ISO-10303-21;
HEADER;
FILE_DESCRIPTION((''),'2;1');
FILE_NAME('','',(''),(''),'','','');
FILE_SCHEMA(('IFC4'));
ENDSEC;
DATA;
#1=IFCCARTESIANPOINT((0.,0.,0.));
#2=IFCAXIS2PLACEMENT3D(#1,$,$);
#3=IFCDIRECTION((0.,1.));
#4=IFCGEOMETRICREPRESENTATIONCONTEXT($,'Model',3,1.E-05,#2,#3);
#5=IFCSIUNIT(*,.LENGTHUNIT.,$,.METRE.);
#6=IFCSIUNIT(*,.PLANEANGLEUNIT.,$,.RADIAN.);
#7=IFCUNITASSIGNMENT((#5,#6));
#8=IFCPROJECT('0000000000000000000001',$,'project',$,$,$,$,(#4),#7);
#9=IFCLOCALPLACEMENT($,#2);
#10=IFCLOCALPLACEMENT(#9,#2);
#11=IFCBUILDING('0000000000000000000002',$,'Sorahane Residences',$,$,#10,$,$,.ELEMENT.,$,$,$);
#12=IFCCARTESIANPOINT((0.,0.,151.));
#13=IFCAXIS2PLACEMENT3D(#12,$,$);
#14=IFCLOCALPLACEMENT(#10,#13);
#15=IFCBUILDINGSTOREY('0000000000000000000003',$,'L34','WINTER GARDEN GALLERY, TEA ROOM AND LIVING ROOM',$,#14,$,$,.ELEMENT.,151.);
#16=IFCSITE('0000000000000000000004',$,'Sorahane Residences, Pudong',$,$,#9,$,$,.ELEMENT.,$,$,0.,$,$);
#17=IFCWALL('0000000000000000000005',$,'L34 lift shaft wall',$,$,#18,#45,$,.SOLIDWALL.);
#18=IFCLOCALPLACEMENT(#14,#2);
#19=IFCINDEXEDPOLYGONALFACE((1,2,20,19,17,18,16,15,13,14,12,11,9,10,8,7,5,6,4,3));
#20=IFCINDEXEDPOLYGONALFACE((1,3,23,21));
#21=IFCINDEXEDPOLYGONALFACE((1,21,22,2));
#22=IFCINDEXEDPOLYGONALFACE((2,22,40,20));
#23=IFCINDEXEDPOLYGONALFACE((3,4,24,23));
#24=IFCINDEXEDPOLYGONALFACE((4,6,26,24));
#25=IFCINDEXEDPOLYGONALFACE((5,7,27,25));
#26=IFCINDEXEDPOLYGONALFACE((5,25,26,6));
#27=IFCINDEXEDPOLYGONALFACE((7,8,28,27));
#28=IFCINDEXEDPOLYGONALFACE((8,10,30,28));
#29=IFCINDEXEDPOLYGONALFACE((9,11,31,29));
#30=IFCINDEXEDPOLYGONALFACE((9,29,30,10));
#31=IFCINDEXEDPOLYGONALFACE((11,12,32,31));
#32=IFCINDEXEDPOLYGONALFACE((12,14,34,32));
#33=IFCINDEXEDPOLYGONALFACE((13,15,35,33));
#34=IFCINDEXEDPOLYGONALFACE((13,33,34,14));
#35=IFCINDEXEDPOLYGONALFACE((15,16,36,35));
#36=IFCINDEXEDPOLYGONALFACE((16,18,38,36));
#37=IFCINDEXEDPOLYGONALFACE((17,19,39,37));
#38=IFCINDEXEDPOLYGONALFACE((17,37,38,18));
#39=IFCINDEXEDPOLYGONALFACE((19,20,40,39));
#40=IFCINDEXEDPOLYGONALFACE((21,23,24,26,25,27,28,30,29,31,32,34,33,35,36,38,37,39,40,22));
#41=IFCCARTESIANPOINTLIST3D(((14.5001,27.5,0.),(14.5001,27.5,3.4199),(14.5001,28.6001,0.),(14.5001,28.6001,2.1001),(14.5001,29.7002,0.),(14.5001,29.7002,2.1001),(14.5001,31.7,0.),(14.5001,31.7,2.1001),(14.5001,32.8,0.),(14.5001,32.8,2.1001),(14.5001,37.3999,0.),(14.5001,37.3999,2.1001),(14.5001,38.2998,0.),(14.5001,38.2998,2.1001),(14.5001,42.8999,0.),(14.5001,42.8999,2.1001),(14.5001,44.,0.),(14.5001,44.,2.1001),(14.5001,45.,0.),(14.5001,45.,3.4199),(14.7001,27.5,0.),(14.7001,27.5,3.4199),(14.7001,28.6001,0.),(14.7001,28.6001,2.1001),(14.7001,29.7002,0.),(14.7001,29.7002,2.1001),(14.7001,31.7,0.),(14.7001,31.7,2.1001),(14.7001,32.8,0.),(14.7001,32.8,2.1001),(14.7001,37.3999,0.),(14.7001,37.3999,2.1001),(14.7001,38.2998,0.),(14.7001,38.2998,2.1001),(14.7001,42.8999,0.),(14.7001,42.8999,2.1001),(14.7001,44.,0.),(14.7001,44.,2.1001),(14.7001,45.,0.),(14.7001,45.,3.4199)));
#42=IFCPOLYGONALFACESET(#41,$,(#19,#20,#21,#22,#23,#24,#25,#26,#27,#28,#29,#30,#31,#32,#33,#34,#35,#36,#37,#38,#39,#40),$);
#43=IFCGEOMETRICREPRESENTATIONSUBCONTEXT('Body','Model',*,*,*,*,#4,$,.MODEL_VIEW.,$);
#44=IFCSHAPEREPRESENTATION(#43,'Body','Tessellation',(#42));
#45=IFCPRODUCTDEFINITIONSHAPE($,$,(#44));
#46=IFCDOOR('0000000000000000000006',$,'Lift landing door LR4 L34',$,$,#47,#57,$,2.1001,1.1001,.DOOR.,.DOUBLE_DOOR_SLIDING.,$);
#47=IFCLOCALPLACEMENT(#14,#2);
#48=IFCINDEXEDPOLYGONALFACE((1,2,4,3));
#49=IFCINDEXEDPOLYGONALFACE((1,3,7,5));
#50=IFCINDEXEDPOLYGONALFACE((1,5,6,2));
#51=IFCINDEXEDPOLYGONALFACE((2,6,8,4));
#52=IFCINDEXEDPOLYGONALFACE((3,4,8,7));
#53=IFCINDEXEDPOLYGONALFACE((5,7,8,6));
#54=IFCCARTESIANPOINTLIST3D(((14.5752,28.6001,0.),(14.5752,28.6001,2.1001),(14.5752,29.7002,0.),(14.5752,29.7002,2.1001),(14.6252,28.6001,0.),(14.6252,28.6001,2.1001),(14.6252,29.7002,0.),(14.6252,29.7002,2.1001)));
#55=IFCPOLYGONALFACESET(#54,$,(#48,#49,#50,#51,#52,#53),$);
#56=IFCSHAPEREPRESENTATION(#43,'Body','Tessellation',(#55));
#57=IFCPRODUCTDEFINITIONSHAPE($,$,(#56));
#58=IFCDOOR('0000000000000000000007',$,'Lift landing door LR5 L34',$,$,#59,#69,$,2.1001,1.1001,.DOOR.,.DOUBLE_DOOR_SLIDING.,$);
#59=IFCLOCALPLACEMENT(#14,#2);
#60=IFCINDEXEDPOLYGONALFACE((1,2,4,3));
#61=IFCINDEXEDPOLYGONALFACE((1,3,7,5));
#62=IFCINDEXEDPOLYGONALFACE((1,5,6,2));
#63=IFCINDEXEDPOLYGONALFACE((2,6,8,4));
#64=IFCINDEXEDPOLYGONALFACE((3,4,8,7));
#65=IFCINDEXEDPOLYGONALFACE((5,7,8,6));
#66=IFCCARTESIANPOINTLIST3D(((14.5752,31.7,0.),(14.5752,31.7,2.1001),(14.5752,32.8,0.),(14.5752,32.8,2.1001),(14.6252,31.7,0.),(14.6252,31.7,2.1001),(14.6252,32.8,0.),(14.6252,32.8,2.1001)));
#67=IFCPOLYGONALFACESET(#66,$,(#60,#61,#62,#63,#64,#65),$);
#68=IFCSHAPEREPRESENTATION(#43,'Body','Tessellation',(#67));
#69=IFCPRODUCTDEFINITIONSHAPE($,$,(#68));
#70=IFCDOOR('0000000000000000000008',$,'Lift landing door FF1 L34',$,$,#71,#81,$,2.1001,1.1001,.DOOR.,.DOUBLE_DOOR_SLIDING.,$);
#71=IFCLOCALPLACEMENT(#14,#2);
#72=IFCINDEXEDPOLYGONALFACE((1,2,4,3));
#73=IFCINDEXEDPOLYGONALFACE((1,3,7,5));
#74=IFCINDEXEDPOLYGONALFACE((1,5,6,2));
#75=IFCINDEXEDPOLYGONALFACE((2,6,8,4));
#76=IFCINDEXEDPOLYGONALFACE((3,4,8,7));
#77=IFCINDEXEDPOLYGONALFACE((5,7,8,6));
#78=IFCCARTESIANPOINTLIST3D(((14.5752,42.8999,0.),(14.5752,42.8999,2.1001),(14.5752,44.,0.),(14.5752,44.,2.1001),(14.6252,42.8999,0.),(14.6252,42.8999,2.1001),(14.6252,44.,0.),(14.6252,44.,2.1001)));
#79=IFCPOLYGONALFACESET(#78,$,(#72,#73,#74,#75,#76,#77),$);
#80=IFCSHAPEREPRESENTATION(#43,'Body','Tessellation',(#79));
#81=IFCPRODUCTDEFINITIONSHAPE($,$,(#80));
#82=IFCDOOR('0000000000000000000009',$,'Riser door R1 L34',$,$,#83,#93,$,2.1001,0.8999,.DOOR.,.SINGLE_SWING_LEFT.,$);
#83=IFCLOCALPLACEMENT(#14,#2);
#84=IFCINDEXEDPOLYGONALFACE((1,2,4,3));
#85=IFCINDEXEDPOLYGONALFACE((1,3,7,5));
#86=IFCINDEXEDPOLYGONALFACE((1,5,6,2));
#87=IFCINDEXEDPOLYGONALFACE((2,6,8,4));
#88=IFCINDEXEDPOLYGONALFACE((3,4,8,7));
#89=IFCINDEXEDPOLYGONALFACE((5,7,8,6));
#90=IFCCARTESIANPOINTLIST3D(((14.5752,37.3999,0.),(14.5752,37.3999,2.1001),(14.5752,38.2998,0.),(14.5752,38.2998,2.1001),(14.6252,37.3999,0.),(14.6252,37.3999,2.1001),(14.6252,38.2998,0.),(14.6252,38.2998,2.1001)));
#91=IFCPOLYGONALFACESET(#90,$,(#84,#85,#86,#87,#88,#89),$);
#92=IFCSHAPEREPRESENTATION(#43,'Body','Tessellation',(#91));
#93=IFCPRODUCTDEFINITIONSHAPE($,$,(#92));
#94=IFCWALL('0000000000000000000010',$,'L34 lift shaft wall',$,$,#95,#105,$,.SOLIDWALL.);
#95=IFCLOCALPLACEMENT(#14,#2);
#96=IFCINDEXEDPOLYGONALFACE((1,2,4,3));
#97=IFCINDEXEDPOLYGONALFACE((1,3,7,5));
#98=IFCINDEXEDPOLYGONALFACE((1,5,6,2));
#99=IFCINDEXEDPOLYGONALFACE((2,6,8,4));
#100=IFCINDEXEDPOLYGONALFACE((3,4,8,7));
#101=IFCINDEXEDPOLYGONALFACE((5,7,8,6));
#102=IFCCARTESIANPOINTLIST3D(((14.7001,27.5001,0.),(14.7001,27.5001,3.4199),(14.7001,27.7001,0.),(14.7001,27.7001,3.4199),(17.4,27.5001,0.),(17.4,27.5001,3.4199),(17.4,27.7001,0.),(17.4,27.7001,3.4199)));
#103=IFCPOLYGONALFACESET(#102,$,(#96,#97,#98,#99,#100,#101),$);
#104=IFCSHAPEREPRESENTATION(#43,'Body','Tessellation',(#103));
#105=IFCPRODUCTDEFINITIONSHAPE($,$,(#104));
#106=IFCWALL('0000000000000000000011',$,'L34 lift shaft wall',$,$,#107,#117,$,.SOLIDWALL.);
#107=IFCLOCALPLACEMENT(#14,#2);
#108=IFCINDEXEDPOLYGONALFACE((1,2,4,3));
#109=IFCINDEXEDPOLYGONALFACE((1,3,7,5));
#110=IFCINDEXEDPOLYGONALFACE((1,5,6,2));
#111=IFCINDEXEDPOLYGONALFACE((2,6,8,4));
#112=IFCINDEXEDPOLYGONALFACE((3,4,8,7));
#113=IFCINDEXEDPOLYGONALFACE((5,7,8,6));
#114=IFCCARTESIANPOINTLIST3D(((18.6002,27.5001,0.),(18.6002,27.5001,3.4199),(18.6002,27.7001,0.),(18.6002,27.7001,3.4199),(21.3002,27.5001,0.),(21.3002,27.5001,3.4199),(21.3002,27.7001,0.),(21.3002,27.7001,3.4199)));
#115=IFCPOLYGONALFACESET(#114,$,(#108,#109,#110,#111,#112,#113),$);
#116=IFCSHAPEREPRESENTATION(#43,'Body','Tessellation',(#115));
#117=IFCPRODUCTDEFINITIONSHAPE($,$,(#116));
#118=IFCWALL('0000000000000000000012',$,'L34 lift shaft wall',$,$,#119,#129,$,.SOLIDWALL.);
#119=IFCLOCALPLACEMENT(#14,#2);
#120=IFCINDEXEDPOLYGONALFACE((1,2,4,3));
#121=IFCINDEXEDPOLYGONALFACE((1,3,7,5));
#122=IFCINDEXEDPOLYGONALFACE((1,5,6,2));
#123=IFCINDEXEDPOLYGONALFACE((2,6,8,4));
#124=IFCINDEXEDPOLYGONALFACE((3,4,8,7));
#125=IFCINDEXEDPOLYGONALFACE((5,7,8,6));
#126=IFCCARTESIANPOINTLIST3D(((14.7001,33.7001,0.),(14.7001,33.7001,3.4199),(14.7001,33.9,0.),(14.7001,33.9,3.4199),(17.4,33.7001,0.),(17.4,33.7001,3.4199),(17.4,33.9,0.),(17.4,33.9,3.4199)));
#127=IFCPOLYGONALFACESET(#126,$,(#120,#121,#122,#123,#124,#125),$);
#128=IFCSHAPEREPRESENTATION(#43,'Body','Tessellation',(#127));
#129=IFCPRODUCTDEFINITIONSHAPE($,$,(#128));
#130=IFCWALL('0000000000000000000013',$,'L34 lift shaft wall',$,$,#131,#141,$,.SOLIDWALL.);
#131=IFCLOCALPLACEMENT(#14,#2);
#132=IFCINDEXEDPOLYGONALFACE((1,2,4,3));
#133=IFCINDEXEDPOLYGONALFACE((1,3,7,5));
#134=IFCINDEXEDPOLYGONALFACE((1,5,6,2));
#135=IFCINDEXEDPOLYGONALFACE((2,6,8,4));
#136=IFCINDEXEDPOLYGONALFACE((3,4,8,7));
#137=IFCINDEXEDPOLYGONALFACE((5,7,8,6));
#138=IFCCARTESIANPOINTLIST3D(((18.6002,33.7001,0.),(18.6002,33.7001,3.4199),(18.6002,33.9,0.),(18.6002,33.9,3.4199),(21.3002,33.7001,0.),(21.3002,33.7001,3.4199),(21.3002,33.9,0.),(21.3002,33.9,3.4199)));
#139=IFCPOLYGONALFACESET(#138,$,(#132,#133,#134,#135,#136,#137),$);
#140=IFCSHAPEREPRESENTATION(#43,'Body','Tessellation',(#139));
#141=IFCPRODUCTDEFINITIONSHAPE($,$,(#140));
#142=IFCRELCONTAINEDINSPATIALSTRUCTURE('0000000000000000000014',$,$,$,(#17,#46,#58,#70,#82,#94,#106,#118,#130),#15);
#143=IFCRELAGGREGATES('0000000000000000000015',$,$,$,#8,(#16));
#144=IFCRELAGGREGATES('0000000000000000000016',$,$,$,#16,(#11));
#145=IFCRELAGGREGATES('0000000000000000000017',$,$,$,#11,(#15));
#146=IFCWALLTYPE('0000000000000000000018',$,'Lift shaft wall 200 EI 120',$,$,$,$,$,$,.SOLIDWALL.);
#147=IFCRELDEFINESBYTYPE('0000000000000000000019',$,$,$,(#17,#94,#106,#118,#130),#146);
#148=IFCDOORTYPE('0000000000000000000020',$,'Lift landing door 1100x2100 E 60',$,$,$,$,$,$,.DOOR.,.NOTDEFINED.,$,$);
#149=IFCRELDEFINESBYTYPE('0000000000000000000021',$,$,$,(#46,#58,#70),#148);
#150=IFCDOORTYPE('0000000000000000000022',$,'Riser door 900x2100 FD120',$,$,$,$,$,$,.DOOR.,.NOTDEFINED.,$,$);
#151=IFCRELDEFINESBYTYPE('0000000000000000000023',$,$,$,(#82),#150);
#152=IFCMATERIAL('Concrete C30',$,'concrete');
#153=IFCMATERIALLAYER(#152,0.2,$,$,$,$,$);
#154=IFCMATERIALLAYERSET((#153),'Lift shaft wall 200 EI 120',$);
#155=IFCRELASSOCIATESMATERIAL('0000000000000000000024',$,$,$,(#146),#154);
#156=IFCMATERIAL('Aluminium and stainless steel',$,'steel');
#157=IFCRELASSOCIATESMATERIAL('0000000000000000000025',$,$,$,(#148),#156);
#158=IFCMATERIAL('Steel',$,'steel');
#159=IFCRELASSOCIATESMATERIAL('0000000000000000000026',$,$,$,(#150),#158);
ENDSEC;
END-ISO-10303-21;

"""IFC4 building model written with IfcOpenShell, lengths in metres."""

from ifc_helpers import new_model, si_unit, direction, frame, frame_2d, origin, place, context, subcontext, project, spatial, rectangle, extrude, material, layer, layer_set, type_object, element, fill, save


model = new_model("IFC4")

# Units and contexts
model_context = context("Model", 3, precision=1e-05, world=origin(), true_north=direction((0.0, 1.0)))
body_context = subcontext(model_context, "Body", "Model", "MODEL_VIEW")
ifc_project = project(units=[si_unit("LENGTHUNIT", "METRE"), si_unit("PLANEANGLEUNIT", "RADIAN")], contexts=[model_context])

# Site, building, storey
site_placement = place(None, origin())
site = spatial("IfcSite", under=ifc_project, at=site_placement, Name="Sorahane Residences, Pudong", CompositionType="ELEMENT", RefElevation=0.0)
building_placement = place(site_placement, origin())
building = spatial("IfcBuilding", under=site, at=building_placement, Name="Sorahane Residences", CompositionType="ELEMENT")
storey_placement = place(building_placement, frame((0.0, 0.0, 151.0)))
storey = spatial("IfcBuildingStorey", under=building, at=storey_placement, Name="L34", Description="WINTER GARDEN GALLERY, TEA ROOM AND LIVING ROOM", CompositionType="ELEMENT", Elevation=151.0)

# Wall, openings, doors
ifc_material_1 = material(Name="Concrete C30", Category="concrete")
ifc_layer_1 = layer(ifc_material_1, 0.2)
ifc_layer_set_1 = layer_set([ifc_layer_1], Name="Lift shaft wall 200 EI 120")
wall_type_1 = type_object("IfcWallType", Name="Lift shaft wall 200 EI 120", PredefinedType="SOLIDWALL", material=ifc_layer_set_1)
wall_1_placement = place(storey_placement, frame((14.6001, 27.5, 0.0), z_axis=(0.0, 0.0, 1.0), x_axis=(0.0, 1.0, 0.0)))
wall_1 = element("IfcWall", 1, at=wall_1_placement, inside=storey, type_object=wall_type_1, Name="L34 lift shaft wall", PredefinedType="SOLIDWALL", context=body_context, shape_type="SweptSolid", body=[
    extrude(rectangle(XDim=17.5, YDim=0.2, at=frame_2d((8.75, 0.0))), origin(), (0.0, 0.0, 1.0), 3.4199),
])
opening_1_placement = place(wall_1_placement, frame((1.1001, 0.0, 0.0)))
opening_1 = element("IfcOpeningElement", 2, at=opening_1_placement, cuts=wall_1, PredefinedType="OPENING", context=body_context, shape_type="SweptSolid", body=[
    extrude(rectangle(XDim=1.1001, YDim=2.1001, at=frame_2d((0.55, 1.05))), frame((0.0, 0.1099, 0.0), z_axis=(0.0, -1.0, 0.0), x_axis=(1.0, 0.0, 0.0)), (0.0, 0.0, 1.0), 0.22),
])
opening_2_placement = place(wall_1_placement, frame((4.2, 0.0, 0.0)))
opening_2 = element("IfcOpeningElement", 3, at=opening_2_placement, cuts=wall_1, PredefinedType="OPENING", context=body_context, shape_type="SweptSolid", body=[
    extrude(rectangle(XDim=1.1001, YDim=2.1001, at=frame_2d((0.55, 1.05))), frame((0.0, 0.1099, 0.0), z_axis=(0.0, -1.0, 0.0), x_axis=(1.0, 0.0, 0.0)), (0.0, 0.0, 1.0), 0.22),
])
opening_3_placement = place(wall_1_placement, frame((15.3999, 0.0, 0.0)))
opening_3 = element("IfcOpeningElement", 4, at=opening_3_placement, cuts=wall_1, PredefinedType="OPENING", context=body_context, shape_type="SweptSolid", body=[
    extrude(rectangle(XDim=1.1001, YDim=2.1001, at=frame_2d((0.55, 1.05))), frame((0.0, 0.1099, 0.0), z_axis=(0.0, -1.0, 0.0), x_axis=(1.0, 0.0, 0.0)), (0.0, 0.0, 1.0), 0.22),
])
opening_4_placement = place(wall_1_placement, frame((9.8999, 0.0, 0.0)))
opening_4 = element("IfcOpeningElement", 5, at=opening_4_placement, cuts=wall_1, PredefinedType="OPENING", context=body_context, shape_type="SweptSolid", body=[
    extrude(rectangle(XDim=0.8999, YDim=2.1001, at=frame_2d((0.45, 1.05))), frame((0.0, 0.1099, 0.0), z_axis=(0.0, -1.0, 0.0), x_axis=(1.0, 0.0, 0.0)), (0.0, 0.0, 1.0), 0.22),
])
ifc_material_2 = material(Name="Aluminium and stainless steel", Category="steel")
door_type_1 = type_object("IfcDoorType", Name="Lift landing door 1100x2100 E 60", OperationType="NOTDEFINED", PredefinedType="DOOR", material=ifc_material_2)
door_1_placement = place(opening_1_placement, origin())
door_1 = element("IfcDoor", 6, at=door_1_placement, inside=storey, type_object=door_type_1, Name="Lift landing door LR4 L34", OperationType="DOUBLE_DOOR_SLIDING", OverallHeight=2.1001, OverallWidth=1.1001, PredefinedType="DOOR", context=body_context, shape_type="SweptSolid", body=[
    extrude(rectangle(XDim=1.1001, YDim=2.1001, at=frame_2d((0.55, 1.05))), frame((0.0, 0.0249, 0.0), z_axis=(0.0, -1.0, 0.0), x_axis=(1.0, 0.0, 0.0)), (0.0, 0.0, 1.0), 0.05),
])
fill(opening_1, door_1)
door_2_placement = place(opening_2_placement, origin())
door_2 = element("IfcDoor", 7, at=door_2_placement, inside=storey, type_object=door_type_1, Name="Lift landing door LR5 L34", OperationType="DOUBLE_DOOR_SLIDING", OverallHeight=2.1001, OverallWidth=1.1001, PredefinedType="DOOR", context=body_context, shape_type="SweptSolid", body=[
    extrude(rectangle(XDim=1.1001, YDim=2.1001, at=frame_2d((0.55, 1.05))), frame((0.0, 0.0249, 0.0), z_axis=(0.0, -1.0, 0.0), x_axis=(1.0, 0.0, 0.0)), (0.0, 0.0, 1.0), 0.05),
])
fill(opening_2, door_2)
door_3_placement = place(opening_3_placement, origin())
door_3 = element("IfcDoor", 8, at=door_3_placement, inside=storey, type_object=door_type_1, Name="Lift landing door FF1 L34", OperationType="DOUBLE_DOOR_SLIDING", OverallHeight=2.1001, OverallWidth=1.1001, PredefinedType="DOOR", context=body_context, shape_type="SweptSolid", body=[
    extrude(rectangle(XDim=1.1001, YDim=2.1001, at=frame_2d((0.55, 1.05))), frame((0.0, 0.0249, 0.0), z_axis=(0.0, -1.0, 0.0), x_axis=(1.0, 0.0, 0.0)), (0.0, 0.0, 1.0), 0.05),
])
fill(opening_3, door_3)
ifc_material_3 = material(Name="Steel", Category="steel")
door_type_2 = type_object("IfcDoorType", Name="Riser door 900x2100 FD120", OperationType="NOTDEFINED", PredefinedType="DOOR", material=ifc_material_3)
door_4_placement = place(opening_4_placement, origin())
door_4 = element("IfcDoor", 9, at=door_4_placement, inside=storey, type_object=door_type_2, Name="Riser door R1 L34", OperationType="SINGLE_SWING_LEFT", OverallHeight=2.1001, OverallWidth=0.8999, PredefinedType="DOOR", context=body_context, shape_type="SweptSolid", body=[
    extrude(rectangle(XDim=0.8999, YDim=2.1001, at=frame_2d((0.45, 1.05))), frame((0.0, 0.0249, 0.0), z_axis=(0.0, -1.0, 0.0), x_axis=(1.0, 0.0, 0.0)), (0.0, 0.0, 1.0), 0.05),
])
fill(opening_4, door_4)

# Walls
for number, where, z_axis, x_axis, name in (
    (10, (14.7, 27.6001, 0.0), (0.0, 0.0, 1.0), (1.0, 0.0, 0.0), "L34 lift shaft wall"),
    (11, (18.6001, 27.6001, 0.0), (0.0, 0.0, 1.0), (1.0, 0.0, 0.0), "L34 lift shaft wall"),
    (12, (14.7, 33.8, 0.0), (0.0, 0.0, 1.0), (1.0, 0.0, 0.0), "L34 lift shaft wall"),
    (13, (18.6001, 33.8, 0.0), (0.0, 0.0, 1.0), (1.0, 0.0, 0.0), "L34 lift shaft wall"),
):
    element("IfcWall", number, at=place(storey_placement, frame(where, z_axis=z_axis, x_axis=x_axis)), inside=storey, type_object=wall_type_1, Name=name, PredefinedType="SOLIDWALL", context=body_context, shape_type="SweptSolid", body=[
        extrude(rectangle(XDim=2.7, YDim=0.2, at=frame_2d((1.3501, 0.0))), origin(), (0.0, 0.0, 1.0), 3.4199),
    ])

save(model, "model.ifc")
